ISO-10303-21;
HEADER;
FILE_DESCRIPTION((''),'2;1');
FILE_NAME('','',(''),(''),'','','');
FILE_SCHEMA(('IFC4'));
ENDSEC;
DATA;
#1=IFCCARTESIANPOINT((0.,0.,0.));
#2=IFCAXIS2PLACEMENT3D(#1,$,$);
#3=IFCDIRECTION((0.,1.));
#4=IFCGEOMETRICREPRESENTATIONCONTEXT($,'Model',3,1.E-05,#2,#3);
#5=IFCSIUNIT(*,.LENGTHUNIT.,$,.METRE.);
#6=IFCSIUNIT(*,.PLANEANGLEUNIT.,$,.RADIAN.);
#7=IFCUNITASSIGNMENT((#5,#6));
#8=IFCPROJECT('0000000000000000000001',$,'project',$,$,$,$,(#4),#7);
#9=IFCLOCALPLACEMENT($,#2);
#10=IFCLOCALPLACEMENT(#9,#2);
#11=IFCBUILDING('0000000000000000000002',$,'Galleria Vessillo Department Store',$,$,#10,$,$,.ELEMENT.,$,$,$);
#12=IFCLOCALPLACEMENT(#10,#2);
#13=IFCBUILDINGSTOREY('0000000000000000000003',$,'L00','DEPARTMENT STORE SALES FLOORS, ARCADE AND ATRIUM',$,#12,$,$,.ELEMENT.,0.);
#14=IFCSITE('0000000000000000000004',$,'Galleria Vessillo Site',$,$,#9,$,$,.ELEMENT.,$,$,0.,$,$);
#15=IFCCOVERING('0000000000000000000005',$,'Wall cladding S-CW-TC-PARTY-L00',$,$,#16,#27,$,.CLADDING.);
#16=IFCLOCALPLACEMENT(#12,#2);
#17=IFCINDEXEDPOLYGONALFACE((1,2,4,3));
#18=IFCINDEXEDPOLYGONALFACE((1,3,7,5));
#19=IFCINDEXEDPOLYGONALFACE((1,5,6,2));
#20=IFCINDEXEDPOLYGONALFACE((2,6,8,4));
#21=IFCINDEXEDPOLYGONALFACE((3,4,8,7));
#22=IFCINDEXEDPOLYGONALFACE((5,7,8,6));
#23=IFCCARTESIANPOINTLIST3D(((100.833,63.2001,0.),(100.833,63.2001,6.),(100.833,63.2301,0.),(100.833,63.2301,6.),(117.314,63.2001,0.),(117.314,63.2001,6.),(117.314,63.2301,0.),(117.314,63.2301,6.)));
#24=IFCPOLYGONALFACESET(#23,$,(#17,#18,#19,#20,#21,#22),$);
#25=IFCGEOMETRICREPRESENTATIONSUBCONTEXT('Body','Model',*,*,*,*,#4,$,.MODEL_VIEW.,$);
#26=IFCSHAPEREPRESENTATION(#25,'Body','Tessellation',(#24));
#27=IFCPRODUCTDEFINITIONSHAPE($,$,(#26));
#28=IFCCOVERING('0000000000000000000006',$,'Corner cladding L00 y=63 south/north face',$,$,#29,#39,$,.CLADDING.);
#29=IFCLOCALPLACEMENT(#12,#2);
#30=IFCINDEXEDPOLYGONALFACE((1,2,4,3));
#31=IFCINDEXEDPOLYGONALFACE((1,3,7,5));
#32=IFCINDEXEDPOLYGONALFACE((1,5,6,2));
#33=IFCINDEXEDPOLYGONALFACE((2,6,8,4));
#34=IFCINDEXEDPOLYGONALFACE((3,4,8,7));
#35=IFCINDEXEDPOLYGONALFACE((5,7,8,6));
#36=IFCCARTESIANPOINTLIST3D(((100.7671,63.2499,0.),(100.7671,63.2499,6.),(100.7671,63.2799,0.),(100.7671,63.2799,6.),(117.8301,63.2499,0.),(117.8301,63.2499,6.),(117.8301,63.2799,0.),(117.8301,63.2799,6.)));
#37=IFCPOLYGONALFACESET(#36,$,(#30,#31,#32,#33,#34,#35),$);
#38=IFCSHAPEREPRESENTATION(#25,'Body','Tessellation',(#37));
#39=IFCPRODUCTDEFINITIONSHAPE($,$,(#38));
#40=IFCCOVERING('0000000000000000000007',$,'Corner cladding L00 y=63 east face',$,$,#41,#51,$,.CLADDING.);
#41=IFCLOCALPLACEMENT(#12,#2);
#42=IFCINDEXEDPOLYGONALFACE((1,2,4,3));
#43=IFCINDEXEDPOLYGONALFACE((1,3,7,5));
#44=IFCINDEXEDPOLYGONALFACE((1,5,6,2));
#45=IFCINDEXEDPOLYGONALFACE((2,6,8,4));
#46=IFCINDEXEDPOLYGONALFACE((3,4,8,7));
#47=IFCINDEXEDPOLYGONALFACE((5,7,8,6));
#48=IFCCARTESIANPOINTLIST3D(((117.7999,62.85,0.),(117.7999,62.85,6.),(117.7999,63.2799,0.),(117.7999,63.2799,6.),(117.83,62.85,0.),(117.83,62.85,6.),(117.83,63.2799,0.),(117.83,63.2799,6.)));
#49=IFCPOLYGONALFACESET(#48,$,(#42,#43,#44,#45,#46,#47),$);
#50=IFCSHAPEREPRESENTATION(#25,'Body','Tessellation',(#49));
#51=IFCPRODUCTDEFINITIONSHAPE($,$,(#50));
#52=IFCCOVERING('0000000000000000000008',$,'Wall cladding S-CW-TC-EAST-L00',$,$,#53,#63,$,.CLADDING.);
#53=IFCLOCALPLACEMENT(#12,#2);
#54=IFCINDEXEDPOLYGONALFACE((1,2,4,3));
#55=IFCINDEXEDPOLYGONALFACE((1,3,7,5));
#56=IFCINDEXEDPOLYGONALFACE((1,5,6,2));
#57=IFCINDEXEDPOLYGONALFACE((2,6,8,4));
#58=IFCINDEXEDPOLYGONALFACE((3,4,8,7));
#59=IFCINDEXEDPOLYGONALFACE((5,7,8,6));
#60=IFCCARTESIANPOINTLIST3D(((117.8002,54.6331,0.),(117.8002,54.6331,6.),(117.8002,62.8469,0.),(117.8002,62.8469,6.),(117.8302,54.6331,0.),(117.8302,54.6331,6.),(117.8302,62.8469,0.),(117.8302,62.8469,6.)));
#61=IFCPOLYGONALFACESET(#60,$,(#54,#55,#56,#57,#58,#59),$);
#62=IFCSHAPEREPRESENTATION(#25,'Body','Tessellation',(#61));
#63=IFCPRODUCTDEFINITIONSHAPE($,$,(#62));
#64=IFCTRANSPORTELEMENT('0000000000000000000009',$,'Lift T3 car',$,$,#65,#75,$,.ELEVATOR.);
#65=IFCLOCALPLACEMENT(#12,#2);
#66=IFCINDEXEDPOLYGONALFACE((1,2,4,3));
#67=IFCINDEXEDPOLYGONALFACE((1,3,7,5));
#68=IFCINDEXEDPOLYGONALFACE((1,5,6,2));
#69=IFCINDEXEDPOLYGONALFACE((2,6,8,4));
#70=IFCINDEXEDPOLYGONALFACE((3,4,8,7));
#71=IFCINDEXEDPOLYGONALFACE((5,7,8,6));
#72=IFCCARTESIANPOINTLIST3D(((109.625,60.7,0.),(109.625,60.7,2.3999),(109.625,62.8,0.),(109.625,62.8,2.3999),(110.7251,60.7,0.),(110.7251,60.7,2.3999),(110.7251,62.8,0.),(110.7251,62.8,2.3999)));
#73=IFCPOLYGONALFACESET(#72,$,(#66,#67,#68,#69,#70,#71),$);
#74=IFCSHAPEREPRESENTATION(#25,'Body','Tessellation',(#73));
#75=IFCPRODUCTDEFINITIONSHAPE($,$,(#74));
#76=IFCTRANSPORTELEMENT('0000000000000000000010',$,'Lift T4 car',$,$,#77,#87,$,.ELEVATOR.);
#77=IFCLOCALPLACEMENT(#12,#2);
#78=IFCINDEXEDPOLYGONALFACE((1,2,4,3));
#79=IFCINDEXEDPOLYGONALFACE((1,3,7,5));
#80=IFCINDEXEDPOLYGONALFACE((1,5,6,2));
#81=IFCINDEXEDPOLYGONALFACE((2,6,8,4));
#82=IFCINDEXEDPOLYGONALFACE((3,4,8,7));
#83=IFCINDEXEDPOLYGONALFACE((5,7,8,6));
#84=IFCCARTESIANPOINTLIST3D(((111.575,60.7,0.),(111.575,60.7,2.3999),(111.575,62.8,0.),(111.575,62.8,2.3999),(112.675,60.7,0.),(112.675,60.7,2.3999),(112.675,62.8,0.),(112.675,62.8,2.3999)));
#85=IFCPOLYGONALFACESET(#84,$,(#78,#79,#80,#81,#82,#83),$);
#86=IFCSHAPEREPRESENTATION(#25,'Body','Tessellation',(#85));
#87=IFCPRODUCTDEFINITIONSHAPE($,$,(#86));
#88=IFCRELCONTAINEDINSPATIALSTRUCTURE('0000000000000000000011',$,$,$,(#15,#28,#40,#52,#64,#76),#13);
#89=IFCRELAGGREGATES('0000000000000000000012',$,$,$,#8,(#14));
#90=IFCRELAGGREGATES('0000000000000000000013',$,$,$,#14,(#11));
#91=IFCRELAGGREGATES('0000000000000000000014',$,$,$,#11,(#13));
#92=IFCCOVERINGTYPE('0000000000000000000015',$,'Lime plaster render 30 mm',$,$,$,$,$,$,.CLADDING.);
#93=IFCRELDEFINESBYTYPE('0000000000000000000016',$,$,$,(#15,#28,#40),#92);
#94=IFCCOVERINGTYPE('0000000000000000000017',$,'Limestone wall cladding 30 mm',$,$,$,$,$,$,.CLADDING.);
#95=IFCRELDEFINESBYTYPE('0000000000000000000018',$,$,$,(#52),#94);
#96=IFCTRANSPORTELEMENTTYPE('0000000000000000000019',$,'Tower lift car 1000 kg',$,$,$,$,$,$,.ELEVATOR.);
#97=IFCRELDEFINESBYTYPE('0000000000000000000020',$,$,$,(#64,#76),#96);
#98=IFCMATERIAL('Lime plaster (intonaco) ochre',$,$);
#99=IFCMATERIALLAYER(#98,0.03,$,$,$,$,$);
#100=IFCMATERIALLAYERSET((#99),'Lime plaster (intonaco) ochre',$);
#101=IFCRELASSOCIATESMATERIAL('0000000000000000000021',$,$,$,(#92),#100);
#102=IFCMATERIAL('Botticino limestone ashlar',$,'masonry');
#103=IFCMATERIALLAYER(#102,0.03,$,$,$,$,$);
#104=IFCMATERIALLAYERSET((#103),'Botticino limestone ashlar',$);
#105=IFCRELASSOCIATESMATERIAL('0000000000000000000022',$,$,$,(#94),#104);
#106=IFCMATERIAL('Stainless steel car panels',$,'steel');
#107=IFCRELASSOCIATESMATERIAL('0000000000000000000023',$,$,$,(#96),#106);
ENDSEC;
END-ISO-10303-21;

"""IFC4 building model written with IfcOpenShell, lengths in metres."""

from ifc_helpers import new_model, si_unit, direction, frame, origin, origin_2d, place, context, subcontext, project, spatial, rectangle, extrude, material, layer, layer_set, type_object, element, save


model = new_model("IFC4")

# Units and contexts
model_context = context("Model", 3, precision=1e-05, world=origin(), true_north=direction((0.0, 1.0)))
body_context = subcontext(model_context, "Body", "Model", "MODEL_VIEW")
ifc_project = project(units=[si_unit("LENGTHUNIT", "METRE"), si_unit("PLANEANGLEUNIT", "RADIAN")], contexts=[model_context])

# Site, building, storey
site_placement = place(None, origin())
site = spatial("IfcSite", under=ifc_project, at=site_placement, Name="Galleria Vessillo Site", CompositionType="ELEMENT", RefElevation=0.0)
building_placement = place(site_placement, origin())
building = spatial("IfcBuilding", under=site, at=building_placement, Name="Galleria Vessillo Department Store", CompositionType="ELEMENT")
storey_placement = place(building_placement, origin())
storey = spatial("IfcBuildingStorey", under=building, at=storey_placement, Name="L00", Description="DEPARTMENT STORE SALES FLOORS, ARCADE AND ATRIUM", CompositionType="ELEMENT", Elevation=0.0)

# Coverings
ifc_material_1 = material(Name="Lime plaster (intonaco) ochre")
ifc_layer_1 = layer(ifc_material_1, 0.03)
ifc_layer_set_1 = layer_set([ifc_layer_1], Name="Lime plaster (intonaco) ochre")
covering_type_1 = type_object("IfcCoveringType", Name="Lime plaster render 30 mm", PredefinedType="CLADDING", material=ifc_layer_set_1)
covering_1_placement = place(storey_placement, frame((109.0735, 63.2151, 0.0), z_axis=(0.0, 0.0, 1.0), x_axis=(1.0, 0.0, 0.0)))
element("IfcCovering", 1, at=covering_1_placement, inside=storey, type_object=covering_type_1, Name="Wall cladding S-CW-TC-PARTY-L00", PredefinedType="CLADDING", context=body_context, shape_type="SweptSolid", body=[
    extrude(rectangle(XDim=16.481, YDim=0.03, at=origin_2d()), origin(), (0.0, 0.0, 1.0), 6.0),
])
covering_2_placement = place(storey_placement, frame((109.2986, 63.2649, 0.0), z_axis=(0.0, 0.0, 1.0), x_axis=(1.0, 0.0, 0.0)))
element("IfcCovering", 2, at=covering_2_placement, inside=storey, type_object=covering_type_1, Name="Corner cladding L00 y=63 south/north face", PredefinedType="CLADDING", context=body_context, shape_type="SweptSolid", body=[
    extrude(rectangle(XDim=17.063, YDim=0.03, at=origin_2d()), origin(), (0.0, 0.0, 1.0), 6.0),
])
covering_3_placement = place(storey_placement, frame((117.8149, 63.0649, 0.0), z_axis=(0.0, 0.0, 1.0), x_axis=(1.0, 0.0, 0.0)))
element("IfcCovering", 3, at=covering_3_placement, inside=storey, type_object=covering_type_1, Name="Corner cladding L00 y=63 east face", PredefinedType="CLADDING", context=body_context, shape_type="SweptSolid", body=[
    extrude(rectangle(XDim=0.03, YDim=0.4299, at=origin_2d()), origin(), (0.0, 0.0, 1.0), 6.0),
])
ifc_material_2 = material(Name="Botticino limestone ashlar", Category="masonry")
ifc_layer_2 = layer(ifc_material_2, 0.03)
ifc_layer_set_2 = layer_set([ifc_layer_2], Name="Botticino limestone ashlar")
covering_type_2 = type_object("IfcCoveringType", Name="Limestone wall cladding 30 mm", PredefinedType="CLADDING", material=ifc_layer_set_2)
covering_4_placement = place(storey_placement, frame((117.8152, 58.74, 0.0), z_axis=(0.0, 0.0, 1.0), x_axis=(1.0, 0.0, 0.0)))
element("IfcCovering", 4, at=covering_4_placement, inside=storey, type_object=covering_type_2, Name="Wall cladding S-CW-TC-EAST-L00", PredefinedType="CLADDING", context=body_context, shape_type="SweptSolid", body=[
    extrude(rectangle(XDim=0.03, YDim=8.2139, at=origin_2d()), origin(), (0.0, 0.0, 1.0), 6.0),
])

# Transport elements
ifc_material_3 = material(Name="Stainless steel car panels", Category="steel")
transport_element_type = type_object("IfcTransportElementType", Name="Tower lift car 1000 kg", PredefinedType="ELEVATOR", material=ifc_material_3)
for number, where, z_axis, x_axis, name in (
    (5, (110.175, 61.75, 0.0), (0.0, 0.0, 1.0), (1.0, 0.0, 0.0), "Lift T3 car"),
    (6, (112.125, 61.75, 0.0), (0.0, 0.0, 1.0), (1.0, 0.0, 0.0), "Lift T4 car"),
):
    element("IfcTransportElement", number, at=place(storey_placement, frame(where, z_axis=z_axis, x_axis=x_axis)), inside=storey, type_object=transport_element_type, Name=name, PredefinedType="ELEVATOR", context=body_context, shape_type="SweptSolid", body=[
        extrude(rectangle(XDim=1.1001, YDim=2.1001, at=origin_2d()), origin(), (0.0, 0.0, 1.0), 2.3999),
    ])

save(model, "model.ifc")
